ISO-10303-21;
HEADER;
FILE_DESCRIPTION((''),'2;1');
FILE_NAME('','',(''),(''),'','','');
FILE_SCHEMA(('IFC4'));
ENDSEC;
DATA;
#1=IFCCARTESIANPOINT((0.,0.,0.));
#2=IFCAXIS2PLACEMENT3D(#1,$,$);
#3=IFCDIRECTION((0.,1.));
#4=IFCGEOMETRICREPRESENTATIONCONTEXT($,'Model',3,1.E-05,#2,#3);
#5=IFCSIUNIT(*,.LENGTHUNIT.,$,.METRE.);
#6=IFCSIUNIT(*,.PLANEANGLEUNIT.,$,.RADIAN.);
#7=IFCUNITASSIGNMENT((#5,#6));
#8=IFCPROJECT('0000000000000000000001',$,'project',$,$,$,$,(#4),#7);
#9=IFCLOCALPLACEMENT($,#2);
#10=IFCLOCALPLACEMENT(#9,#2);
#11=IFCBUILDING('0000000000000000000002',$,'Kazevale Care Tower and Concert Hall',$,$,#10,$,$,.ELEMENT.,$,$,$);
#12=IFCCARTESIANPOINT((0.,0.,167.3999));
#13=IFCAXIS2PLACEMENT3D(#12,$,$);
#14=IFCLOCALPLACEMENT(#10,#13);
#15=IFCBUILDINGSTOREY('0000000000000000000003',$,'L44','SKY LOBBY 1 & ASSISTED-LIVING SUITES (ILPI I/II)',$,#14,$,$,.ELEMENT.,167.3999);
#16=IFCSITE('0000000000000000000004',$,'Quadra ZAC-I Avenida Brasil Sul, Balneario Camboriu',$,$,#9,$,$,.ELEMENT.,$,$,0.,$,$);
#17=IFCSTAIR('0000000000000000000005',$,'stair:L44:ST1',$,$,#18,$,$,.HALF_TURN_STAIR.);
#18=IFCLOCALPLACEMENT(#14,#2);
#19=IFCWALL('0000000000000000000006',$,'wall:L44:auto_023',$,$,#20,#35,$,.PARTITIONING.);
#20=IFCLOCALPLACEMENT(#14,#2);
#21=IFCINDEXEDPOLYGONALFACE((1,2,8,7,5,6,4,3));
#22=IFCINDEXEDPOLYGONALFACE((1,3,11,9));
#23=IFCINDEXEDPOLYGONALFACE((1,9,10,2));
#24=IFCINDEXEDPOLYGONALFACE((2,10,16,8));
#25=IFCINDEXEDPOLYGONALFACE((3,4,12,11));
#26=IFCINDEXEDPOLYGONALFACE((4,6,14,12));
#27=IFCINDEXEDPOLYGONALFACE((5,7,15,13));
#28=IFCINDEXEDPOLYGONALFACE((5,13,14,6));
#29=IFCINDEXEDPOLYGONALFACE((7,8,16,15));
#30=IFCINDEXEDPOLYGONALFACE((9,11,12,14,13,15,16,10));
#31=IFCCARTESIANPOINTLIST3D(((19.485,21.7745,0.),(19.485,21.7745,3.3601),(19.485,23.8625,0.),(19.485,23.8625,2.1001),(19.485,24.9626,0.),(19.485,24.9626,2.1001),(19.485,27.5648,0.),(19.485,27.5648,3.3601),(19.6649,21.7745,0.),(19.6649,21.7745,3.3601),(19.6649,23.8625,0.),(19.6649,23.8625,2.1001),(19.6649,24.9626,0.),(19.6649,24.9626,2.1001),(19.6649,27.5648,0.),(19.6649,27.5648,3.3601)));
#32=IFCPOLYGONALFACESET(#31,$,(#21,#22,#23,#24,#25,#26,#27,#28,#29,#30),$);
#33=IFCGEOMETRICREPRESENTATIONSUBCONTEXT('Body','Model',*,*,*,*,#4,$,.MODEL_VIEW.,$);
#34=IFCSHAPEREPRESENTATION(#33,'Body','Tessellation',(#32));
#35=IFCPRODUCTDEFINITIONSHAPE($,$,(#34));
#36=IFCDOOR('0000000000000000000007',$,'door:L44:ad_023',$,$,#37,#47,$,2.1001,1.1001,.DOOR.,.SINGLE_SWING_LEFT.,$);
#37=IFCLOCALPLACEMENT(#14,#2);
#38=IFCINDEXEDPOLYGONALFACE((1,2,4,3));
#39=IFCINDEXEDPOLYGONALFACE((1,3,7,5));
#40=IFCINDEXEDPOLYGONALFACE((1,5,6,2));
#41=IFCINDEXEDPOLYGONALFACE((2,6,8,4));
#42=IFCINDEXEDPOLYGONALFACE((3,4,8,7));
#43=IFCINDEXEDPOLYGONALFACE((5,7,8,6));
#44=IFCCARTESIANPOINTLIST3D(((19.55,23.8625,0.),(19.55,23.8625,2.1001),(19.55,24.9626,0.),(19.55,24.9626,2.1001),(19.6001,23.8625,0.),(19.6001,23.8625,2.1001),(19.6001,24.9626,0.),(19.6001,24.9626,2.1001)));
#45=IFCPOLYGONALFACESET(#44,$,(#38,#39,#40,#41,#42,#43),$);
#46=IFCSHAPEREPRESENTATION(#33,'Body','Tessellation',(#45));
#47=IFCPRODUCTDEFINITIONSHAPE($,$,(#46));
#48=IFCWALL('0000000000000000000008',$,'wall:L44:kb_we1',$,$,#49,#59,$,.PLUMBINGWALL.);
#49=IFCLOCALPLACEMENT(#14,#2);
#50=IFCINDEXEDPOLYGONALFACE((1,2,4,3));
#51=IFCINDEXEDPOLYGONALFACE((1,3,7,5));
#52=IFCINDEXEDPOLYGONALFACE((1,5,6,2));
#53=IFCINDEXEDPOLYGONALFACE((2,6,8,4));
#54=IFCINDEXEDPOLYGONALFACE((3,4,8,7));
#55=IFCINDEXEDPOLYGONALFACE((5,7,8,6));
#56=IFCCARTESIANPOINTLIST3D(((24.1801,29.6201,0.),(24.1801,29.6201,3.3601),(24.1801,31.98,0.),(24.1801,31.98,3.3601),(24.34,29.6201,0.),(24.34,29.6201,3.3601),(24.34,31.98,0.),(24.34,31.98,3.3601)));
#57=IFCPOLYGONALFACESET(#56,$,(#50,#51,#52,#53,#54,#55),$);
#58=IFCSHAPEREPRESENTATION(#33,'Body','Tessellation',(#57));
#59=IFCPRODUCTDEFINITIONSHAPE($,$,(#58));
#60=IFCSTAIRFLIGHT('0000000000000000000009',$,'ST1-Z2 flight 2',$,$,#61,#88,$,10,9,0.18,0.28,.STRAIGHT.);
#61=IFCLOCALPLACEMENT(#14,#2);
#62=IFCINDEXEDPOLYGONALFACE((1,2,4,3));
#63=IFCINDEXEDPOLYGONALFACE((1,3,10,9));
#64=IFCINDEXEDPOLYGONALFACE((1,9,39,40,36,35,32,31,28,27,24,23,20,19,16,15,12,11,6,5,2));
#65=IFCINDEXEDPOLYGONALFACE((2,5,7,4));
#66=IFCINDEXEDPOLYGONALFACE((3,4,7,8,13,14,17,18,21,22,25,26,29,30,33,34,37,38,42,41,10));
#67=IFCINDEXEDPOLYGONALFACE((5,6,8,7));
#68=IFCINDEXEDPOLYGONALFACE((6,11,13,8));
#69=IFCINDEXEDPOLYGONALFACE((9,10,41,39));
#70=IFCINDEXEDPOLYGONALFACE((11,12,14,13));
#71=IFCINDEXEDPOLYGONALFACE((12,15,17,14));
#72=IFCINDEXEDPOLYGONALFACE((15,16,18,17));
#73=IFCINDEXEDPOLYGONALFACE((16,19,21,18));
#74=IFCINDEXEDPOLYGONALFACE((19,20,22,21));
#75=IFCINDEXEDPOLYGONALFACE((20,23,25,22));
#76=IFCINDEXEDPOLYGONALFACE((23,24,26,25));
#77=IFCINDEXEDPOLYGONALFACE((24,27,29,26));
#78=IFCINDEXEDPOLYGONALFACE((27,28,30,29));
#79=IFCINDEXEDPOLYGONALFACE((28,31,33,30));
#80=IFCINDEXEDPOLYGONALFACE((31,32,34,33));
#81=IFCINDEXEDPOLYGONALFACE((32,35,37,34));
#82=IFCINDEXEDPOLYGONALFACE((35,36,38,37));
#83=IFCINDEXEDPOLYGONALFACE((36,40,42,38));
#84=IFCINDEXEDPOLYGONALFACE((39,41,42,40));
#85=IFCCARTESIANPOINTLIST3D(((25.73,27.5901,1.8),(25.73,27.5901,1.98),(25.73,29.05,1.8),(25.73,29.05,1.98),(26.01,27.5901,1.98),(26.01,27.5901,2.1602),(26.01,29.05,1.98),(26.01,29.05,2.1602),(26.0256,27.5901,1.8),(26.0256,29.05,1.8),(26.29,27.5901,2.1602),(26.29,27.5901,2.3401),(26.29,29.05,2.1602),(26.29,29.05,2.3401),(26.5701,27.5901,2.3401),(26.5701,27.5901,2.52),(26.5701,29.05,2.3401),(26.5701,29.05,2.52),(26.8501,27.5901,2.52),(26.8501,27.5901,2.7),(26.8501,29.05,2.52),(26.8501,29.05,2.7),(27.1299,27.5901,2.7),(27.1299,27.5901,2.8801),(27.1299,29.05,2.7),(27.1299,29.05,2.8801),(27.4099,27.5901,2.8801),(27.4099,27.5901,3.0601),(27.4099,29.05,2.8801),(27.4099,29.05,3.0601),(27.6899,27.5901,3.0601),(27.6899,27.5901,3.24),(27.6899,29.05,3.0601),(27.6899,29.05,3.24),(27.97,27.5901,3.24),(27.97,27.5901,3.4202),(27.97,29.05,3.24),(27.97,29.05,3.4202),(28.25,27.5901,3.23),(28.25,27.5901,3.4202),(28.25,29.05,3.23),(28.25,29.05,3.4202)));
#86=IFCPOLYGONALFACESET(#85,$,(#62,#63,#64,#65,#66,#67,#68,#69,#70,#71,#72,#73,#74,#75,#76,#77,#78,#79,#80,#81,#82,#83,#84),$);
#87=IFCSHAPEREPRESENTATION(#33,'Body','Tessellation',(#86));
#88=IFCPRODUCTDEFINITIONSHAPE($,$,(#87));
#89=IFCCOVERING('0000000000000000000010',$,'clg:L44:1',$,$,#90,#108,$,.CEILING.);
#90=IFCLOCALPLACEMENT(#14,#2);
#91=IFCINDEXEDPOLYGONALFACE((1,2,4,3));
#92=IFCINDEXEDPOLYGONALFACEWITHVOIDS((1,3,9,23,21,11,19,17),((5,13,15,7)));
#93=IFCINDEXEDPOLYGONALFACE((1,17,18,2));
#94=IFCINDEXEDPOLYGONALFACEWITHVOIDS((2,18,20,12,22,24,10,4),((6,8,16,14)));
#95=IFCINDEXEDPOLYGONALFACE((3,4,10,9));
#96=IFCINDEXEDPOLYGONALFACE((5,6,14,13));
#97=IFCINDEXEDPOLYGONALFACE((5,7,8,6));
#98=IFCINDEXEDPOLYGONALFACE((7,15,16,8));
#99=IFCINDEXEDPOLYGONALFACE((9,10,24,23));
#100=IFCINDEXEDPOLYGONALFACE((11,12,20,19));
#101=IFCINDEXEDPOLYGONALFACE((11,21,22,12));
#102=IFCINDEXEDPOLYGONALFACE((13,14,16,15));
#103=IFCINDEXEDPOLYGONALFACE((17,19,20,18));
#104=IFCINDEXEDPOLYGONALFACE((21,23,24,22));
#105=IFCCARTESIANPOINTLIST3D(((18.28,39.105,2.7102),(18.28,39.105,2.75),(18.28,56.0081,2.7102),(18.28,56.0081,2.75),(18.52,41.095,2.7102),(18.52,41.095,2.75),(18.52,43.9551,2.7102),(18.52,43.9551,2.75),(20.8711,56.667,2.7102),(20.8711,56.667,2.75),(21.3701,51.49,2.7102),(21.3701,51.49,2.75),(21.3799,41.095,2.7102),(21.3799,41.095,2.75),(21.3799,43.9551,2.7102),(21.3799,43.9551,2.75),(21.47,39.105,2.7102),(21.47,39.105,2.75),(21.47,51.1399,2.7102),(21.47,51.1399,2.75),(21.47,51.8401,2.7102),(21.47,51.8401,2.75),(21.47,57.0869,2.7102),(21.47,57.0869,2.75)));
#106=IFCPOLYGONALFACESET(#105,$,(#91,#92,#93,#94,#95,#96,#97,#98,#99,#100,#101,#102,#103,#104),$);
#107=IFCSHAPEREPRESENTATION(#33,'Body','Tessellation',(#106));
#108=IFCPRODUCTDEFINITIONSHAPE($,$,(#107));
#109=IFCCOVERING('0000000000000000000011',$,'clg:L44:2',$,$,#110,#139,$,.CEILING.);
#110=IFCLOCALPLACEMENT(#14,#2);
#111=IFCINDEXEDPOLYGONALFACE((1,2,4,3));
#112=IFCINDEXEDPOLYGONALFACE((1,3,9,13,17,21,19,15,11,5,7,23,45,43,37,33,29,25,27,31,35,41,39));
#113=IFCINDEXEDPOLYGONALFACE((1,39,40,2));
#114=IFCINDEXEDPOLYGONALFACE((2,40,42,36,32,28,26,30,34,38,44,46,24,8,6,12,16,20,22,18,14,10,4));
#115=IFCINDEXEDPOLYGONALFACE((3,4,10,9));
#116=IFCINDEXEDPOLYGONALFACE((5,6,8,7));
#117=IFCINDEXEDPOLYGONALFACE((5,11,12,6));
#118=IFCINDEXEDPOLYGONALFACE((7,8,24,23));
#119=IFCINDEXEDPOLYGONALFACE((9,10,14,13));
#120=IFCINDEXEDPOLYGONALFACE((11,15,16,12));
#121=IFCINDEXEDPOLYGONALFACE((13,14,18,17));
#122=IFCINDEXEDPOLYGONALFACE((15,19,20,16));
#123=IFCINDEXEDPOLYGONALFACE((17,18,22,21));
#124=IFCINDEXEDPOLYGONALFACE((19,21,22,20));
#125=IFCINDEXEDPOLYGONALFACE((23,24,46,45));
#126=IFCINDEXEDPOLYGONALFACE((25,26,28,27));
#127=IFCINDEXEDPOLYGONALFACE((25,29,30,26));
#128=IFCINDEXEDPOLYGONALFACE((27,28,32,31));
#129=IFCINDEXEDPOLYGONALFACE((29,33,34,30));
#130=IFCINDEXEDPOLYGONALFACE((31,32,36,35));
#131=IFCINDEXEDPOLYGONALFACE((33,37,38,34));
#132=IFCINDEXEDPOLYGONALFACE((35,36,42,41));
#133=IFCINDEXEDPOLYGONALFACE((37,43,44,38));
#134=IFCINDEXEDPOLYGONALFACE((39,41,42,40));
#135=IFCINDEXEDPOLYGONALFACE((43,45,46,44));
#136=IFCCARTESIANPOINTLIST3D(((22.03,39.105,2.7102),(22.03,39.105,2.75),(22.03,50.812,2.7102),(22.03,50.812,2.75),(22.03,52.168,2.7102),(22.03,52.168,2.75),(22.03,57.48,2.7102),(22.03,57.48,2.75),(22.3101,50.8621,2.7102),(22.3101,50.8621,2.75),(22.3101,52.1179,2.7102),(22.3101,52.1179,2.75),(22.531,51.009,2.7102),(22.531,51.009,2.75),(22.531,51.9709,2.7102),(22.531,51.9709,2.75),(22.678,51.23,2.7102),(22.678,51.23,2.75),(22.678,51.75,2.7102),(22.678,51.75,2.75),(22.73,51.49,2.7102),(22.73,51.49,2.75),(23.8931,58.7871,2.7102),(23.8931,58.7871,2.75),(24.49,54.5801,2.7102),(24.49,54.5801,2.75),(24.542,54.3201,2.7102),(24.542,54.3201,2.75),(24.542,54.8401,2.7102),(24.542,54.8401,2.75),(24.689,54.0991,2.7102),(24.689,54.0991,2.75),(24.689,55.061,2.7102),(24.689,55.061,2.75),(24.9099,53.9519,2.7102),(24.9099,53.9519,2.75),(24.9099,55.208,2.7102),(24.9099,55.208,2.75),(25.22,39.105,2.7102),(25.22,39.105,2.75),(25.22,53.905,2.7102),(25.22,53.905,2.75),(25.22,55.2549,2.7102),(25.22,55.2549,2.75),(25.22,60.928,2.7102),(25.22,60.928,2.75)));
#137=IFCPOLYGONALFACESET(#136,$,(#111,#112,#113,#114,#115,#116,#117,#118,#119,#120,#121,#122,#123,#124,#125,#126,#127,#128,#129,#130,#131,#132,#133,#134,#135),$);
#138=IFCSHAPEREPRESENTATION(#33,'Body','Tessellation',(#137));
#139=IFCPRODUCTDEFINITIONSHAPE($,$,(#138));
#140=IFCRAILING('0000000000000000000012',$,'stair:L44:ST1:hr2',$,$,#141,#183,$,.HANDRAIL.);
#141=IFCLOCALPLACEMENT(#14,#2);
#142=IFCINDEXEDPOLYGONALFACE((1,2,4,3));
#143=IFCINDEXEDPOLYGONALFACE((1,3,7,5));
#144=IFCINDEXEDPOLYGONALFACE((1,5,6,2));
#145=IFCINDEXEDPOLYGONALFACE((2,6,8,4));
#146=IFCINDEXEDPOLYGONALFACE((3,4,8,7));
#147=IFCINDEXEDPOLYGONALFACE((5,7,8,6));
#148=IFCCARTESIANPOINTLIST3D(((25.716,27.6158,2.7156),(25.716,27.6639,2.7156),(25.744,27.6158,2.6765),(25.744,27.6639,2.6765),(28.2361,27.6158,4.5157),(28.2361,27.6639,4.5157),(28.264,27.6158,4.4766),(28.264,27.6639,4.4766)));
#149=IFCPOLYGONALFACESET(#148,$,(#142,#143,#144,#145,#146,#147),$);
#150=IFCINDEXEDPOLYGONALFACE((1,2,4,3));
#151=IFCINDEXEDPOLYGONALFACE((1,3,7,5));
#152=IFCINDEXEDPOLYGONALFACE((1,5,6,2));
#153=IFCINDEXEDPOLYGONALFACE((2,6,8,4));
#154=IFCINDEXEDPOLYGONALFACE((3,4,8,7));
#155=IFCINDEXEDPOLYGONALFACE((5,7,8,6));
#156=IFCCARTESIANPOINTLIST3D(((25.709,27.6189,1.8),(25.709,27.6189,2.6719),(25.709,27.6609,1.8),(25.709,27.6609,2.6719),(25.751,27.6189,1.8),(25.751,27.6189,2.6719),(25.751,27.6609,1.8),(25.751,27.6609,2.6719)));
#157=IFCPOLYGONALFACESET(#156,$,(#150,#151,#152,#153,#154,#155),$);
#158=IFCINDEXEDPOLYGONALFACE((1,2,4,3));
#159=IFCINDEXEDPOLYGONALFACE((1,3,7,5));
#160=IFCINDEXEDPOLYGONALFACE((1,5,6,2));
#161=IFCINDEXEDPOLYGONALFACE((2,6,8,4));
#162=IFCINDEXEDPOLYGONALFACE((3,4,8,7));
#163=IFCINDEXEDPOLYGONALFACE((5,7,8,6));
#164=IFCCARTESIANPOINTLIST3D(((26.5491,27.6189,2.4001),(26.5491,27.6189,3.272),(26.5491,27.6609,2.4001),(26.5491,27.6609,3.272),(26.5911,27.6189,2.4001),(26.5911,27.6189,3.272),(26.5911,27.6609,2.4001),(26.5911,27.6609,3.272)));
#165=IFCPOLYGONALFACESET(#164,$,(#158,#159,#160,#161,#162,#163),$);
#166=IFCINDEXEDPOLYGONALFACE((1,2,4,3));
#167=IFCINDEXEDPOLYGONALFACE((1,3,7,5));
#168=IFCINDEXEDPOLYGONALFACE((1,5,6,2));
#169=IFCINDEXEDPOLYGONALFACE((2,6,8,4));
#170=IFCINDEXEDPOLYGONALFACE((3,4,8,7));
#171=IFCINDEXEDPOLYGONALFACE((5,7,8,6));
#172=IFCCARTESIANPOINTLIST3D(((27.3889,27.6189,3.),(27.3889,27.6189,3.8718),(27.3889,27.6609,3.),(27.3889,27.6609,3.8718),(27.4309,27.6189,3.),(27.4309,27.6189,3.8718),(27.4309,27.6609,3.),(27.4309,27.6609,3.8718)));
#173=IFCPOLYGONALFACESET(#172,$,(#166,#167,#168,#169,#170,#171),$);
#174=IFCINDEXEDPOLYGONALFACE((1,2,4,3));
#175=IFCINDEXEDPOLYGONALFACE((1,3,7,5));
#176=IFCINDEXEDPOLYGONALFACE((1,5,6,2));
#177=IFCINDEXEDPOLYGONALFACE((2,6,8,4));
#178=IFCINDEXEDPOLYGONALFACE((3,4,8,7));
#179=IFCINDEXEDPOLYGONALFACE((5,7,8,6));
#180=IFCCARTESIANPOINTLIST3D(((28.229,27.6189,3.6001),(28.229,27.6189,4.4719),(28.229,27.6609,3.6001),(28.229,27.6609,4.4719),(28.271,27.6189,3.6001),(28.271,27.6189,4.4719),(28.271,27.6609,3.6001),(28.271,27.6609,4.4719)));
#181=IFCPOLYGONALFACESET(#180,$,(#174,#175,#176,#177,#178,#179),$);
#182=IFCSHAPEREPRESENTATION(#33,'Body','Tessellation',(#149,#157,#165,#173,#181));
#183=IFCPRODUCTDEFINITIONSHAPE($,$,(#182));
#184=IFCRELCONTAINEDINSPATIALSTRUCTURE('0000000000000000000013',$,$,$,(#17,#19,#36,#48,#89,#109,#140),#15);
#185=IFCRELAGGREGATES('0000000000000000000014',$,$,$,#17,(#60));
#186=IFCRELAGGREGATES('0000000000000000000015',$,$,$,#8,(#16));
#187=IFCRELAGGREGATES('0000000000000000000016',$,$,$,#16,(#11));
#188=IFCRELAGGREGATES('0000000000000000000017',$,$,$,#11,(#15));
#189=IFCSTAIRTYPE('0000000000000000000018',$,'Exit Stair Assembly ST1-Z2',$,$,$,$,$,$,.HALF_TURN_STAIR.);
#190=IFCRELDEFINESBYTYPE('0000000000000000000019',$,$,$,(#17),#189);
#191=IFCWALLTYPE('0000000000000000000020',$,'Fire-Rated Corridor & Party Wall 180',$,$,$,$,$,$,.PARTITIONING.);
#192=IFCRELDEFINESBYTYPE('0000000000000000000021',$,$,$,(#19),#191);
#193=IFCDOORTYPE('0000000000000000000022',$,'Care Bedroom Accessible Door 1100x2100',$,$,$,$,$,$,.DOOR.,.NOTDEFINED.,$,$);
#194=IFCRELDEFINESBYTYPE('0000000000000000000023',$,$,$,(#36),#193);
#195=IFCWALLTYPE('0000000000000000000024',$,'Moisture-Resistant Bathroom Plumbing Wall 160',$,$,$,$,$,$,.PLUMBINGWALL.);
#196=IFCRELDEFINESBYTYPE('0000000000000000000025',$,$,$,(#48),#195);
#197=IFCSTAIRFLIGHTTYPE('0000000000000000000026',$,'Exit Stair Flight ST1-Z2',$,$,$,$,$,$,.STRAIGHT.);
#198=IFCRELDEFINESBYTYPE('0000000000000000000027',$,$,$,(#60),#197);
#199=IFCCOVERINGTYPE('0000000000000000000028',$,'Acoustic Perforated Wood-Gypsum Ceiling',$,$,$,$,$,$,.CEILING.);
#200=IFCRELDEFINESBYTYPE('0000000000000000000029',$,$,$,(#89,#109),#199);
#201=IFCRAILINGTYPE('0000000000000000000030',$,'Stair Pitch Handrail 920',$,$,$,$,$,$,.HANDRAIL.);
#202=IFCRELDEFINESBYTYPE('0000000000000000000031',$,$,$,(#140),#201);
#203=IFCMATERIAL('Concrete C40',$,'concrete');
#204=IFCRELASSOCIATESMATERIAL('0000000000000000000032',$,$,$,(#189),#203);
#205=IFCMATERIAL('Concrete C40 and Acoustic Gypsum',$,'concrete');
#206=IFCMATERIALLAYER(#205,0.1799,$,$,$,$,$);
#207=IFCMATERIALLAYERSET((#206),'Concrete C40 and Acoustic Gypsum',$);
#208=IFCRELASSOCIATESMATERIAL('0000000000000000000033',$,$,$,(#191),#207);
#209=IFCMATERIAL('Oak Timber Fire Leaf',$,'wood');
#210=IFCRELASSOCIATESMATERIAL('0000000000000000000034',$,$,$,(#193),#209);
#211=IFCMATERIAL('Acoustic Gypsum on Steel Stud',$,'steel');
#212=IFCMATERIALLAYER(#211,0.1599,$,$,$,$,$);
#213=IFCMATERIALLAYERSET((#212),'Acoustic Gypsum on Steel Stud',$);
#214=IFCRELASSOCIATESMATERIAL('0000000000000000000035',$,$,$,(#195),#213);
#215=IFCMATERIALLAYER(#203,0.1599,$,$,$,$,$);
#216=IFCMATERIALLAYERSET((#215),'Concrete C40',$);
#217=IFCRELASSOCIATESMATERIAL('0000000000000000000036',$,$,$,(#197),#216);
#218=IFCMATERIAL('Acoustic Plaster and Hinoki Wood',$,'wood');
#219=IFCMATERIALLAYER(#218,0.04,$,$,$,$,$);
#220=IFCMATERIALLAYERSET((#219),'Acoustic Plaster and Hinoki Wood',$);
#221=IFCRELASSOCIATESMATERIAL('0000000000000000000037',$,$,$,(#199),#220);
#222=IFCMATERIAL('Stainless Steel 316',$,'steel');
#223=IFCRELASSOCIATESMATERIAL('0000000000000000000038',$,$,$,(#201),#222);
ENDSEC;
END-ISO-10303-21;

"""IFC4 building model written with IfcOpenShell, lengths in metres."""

from ifc_helpers import new_model, si_unit, direction, frame, frame_2d, origin, origin_2d, place, context, subcontext, project, spatial, polyline, rectangle, outline, extrude, material, layer, layer_set, type_object, element, fill, aggregate, save


model = new_model("IFC4")

# Units and contexts
model_context = context("Model", 3, precision=1e-05, world=origin(), true_north=direction((0.0, 1.0)))
body_context = subcontext(model_context, "Body", "Model", "MODEL_VIEW")
ifc_project = project(units=[si_unit("LENGTHUNIT", "METRE"), si_unit("PLANEANGLEUNIT", "RADIAN")], contexts=[model_context])

# Site, building, storey
site_placement = place(None, origin())
site = spatial("IfcSite", under=ifc_project, at=site_placement, Name="Quadra ZAC-I Avenida Brasil Sul, Balneario Camboriu", CompositionType="ELEMENT", RefElevation=0.0)
building_placement = place(site_placement, origin())
building = spatial("IfcBuilding", under=site, at=building_placement, Name="Kazevale Care Tower and Concert Hall", CompositionType="ELEMENT")
storey_placement = place(building_placement, frame((0.0, 0.0, 167.3999)))
storey = spatial("IfcBuildingStorey", under=building, at=storey_placement, Name="L44", Description="SKY LOBBY 1 & ASSISTED-LIVING SUITES (ILPI I/II)", CompositionType="ELEMENT", Elevation=167.3999)

# Shared definitions
ifc_material_1 = material(Name="Concrete C40", Category="concrete")

# Stair
stair_type = type_object("IfcStairType", Name="Exit Stair Assembly ST1-Z2", PredefinedType="HALF_TURN_STAIR", material=ifc_material_1)
stair_1_placement = place(storey_placement, origin())
stair_1 = element("IfcStair", 1, at=stair_1_placement, inside=storey, type_object=stair_type, Name="stair:L44:ST1", PredefinedType="HALF_TURN_STAIR")

# Wall, opening, door
ifc_material_2 = material(Name="Concrete C40 and Acoustic Gypsum", Category="concrete")
ifc_layer_1 = layer(ifc_material_2, 0.1799)
ifc_layer_set_1 = layer_set([ifc_layer_1], Name="Concrete C40 and Acoustic Gypsum")
wall_type_1 = type_object("IfcWallType", Name="Fire-Rated Corridor & Party Wall 180", PredefinedType="PARTITIONING", material=ifc_layer_set_1)
wall_1_placement = place(storey_placement, frame((19.575, 21.7747, 0.0), z_axis=(0.0, 0.0, 1.0), x_axis=(0.0, 1.0, 0.0)))
wall_1 = element("IfcWall", 2, at=wall_1_placement, inside=storey, type_object=wall_type_1, Name="wall:L44:auto_023", PredefinedType="PARTITIONING", context=body_context, shape_type="SweptSolid", body=[
    extrude(rectangle(XDim=5.7903, YDim=0.1799, at=frame_2d((2.895, 0.0))), origin(), (0.0, 0.0, 1.0), 3.3601),
])
opening_1_placement = place(wall_1_placement, frame((2.0879, 0.0, 0.0)))
opening_1 = element("IfcOpeningElement", 3, at=opening_1_placement, cuts=wall_1, PredefinedType="OPENING", context=body_context, shape_type="SweptSolid", body=[
    extrude(rectangle(XDim=1.1001, YDim=2.1001, at=frame_2d((0.55, 1.05))), frame((0.0, 0.0999, 0.0), z_axis=(0.0, -1.0, 0.0), x_axis=(1.0, 0.0, 0.0)), (0.0, 0.0, 1.0), 0.2),
])
ifc_material_3 = material(Name="Oak Timber Fire Leaf", Category="wood")
door_type_1 = type_object("IfcDoorType", Name="Care Bedroom Accessible Door 1100x2100", OperationType="NOTDEFINED", PredefinedType="DOOR", material=ifc_material_3)
door_1_placement = place(opening_1_placement, origin())
door_1 = element("IfcDoor", 4, at=door_1_placement, inside=storey, type_object=door_type_1, Name="door:L44:ad_023", OperationType="SINGLE_SWING_LEFT", OverallHeight=2.1001, OverallWidth=1.1001, PredefinedType="DOOR", context=body_context, shape_type="SweptSolid", body=[
    extrude(rectangle(XDim=1.1001, YDim=2.1001, at=frame_2d((0.55, 1.05))), frame((0.0, 0.0249, 0.0), z_axis=(0.0, -1.0, 0.0), x_axis=(1.0, 0.0, 0.0)), (0.0, 0.0, 1.0), 0.05),
])
fill(opening_1, door_1)

# Wall
ifc_material_4 = material(Name="Acoustic Gypsum on Steel Stud", Category="steel")
ifc_layer_2 = layer(ifc_material_4, 0.1599)
ifc_layer_set_2 = layer_set([ifc_layer_2], Name="Acoustic Gypsum on Steel Stud")
wall_type_2 = type_object("IfcWallType", Name="Moisture-Resistant Bathroom Plumbing Wall 160", PredefinedType="PLUMBINGWALL", material=ifc_layer_set_2)
wall_2_placement = place(storey_placement, frame((24.26, 29.6201, 0.0), z_axis=(0.0, 0.0, 1.0), x_axis=(0.0, 1.0, 0.0)))
element("IfcWall", 5, at=wall_2_placement, inside=storey, type_object=wall_type_2, Name="wall:L44:kb_we1", PredefinedType="PLUMBINGWALL", context=body_context, shape_type="SweptSolid", body=[
    extrude(rectangle(XDim=2.3599, YDim=0.1599, at=frame_2d((1.1799, 0.0))), origin(), (0.0, 0.0, 1.0), 3.3601),
])

# Stair flight
ifc_layer_3 = layer(ifc_material_1, 0.1599)
ifc_layer_set_3 = layer_set([ifc_layer_3], Name="Concrete C40")
stair_flight_type = type_object("IfcStairFlightType", Name="Exit Stair Flight ST1-Z2", PredefinedType="STRAIGHT", material=ifc_layer_set_3)
stair_flight_placement = place(storey_placement, frame((25.73, 28.3201, 1.8), z_axis=(0.0, 0.0, 1.0), x_axis=(1.0, 0.0, 0.0)))
stair_flight = element("IfcStairFlight", 6, at=stair_flight_placement, type_object=stair_flight_type, Name="ST1-Z2 flight 2", NumberOfRisers=10, NumberOfTreads=9, PredefinedType="STRAIGHT", RiserHeight=0.18, TreadLength=0.28, context=body_context, shape_type="SweptSolid", body=[
    extrude(outline(polyline([(0.0, 0.0), (0.0, 0.1799), (0.28, 0.1799), (0.28, 0.3601), (0.5601, 0.3601), (0.5601, 0.54), (0.8401, 0.54), (0.8401, 0.72), (1.1201, 0.72), (1.1201, 0.8999), (1.3999, 0.8999), (1.3999, 1.0801), (1.6799, 1.0801), (1.6799, 1.26), (1.96, 1.26), (1.96, 1.4399), (2.24, 1.4399), (2.24, 1.6201), (2.52, 1.6201), (2.52, 1.8), (2.52, 1.4299), (0.2957, 0.0), (0.0, 0.0)])), frame((0.0, 0.73, 0.0), z_axis=(0.0, -1.0, 0.0), x_axis=(1.0, 0.0, 0.0)), (0.0, 0.0, 1.0), 1.46),
])
aggregate(stair_1, [stair_flight])

# Coverings
ifc_material_5 = material(Name="Acoustic Plaster and Hinoki Wood", Category="wood")
ifc_layer_4 = layer(ifc_material_5, 0.04)
ifc_layer_set_4 = layer_set([ifc_layer_4], Name="Acoustic Plaster and Hinoki Wood")
covering_type = type_object("IfcCoveringType", Name="Acoustic Perforated Wood-Gypsum Ceiling", PredefinedType="CEILING", material=ifc_layer_set_4)
covering_1_placement = place(storey_placement, frame((0.0, 0.0, 2.7102)))
element("IfcCovering", 7, at=covering_1_placement, inside=storey, type_object=covering_type, Name="clg:L44:1", PredefinedType="CEILING", context=body_context, shape_type="SweptSolid", body=[
    extrude(outline(polyline([(21.47, 51.8401), (21.3701, 51.49), (21.47, 51.1399), (21.47, 39.105), (18.28, 39.105), (18.28, 56.0081), (20.8711, 56.667), (21.47, 57.0869), (21.47, 51.8401)]), holes=[polyline([(18.52, 41.095), (21.3799, 41.095), (21.3799, 43.9551), (18.52, 43.9551), (18.52, 41.095)])]), origin(), (0.0, 0.0, 1.0), 0.0398),
])
covering_2_placement = place(storey_placement, frame((0.0, 0.0, 2.7102)))
element("IfcCovering", 8, at=covering_2_placement, inside=storey, type_object=covering_type, Name="clg:L44:2", PredefinedType="CEILING", context=body_context, shape_type="SweptSolid", body=[
    extrude(outline(polyline([(22.03, 50.812), (22.3101, 50.8621), (22.531, 51.009), (22.678, 51.23), (22.73, 51.49), (22.678, 51.75), (22.531, 51.9709), (22.3101, 52.1179), (22.03, 52.168), (22.03, 57.48), (23.8931, 58.7871), (25.22, 60.928), (25.22, 55.2549), (24.9099, 55.208), (24.689, 55.061), (24.542, 54.8401), (24.49, 54.5801), (24.542, 54.3201), (24.689, 54.0991), (24.9099, 53.9519), (25.22, 53.905), (25.22, 39.105), (22.03, 39.105), (22.03, 50.812)])), origin(), (0.0, 0.0, 1.0), 0.0398),
])

# Railing
ifc_material_6 = material(Name="Stainless Steel 316", Category="steel")
railing_type_1 = type_object("IfcRailingType", Name="Stair Pitch Handrail 920", PredefinedType="HANDRAIL", material=ifc_material_6)
railing_1_placement = place(storey_placement, frame((25.73, 27.6399, 1.8)))
element("IfcRailing", 9, at=railing_1_placement, inside=storey, type_object=railing_type_1, Name="stair:L44:ST1:hr2", PredefinedType="HANDRAIL", context=body_context, shape_type="SweptSolid", body=[
    extrude(rectangle(XDim=0.0481, YDim=0.0481, at=origin_2d()), frame((0.0, 0.0, 0.896), z_axis=(0.813728, 0.0, 0.581246), x_axis=(0.0, 1.0, 0.0)), (0.0, 0.0, 1.0), 3.0969),
    extrude(rectangle(XDim=0.042, YDim=0.042, at=origin_2d()), origin(), (0.0, 0.0, 1.0), 0.8718),
    extrude(rectangle(XDim=0.042, YDim=0.042, at=origin_2d()), frame((0.8401, 0.0, 0.6001)), (0.0, 0.0, 1.0), 0.8718),
    extrude(rectangle(XDim=0.042, YDim=0.042, at=origin_2d()), frame((1.6799, 0.0, 1.2)), (0.0, 0.0, 1.0), 0.8718),
    extrude(rectangle(XDim=0.042, YDim=0.042, at=origin_2d()), frame((2.52, 0.0, 1.8)), (0.0, 0.0, 1.0), 0.8718),
])

save(model, "model.ifc")
